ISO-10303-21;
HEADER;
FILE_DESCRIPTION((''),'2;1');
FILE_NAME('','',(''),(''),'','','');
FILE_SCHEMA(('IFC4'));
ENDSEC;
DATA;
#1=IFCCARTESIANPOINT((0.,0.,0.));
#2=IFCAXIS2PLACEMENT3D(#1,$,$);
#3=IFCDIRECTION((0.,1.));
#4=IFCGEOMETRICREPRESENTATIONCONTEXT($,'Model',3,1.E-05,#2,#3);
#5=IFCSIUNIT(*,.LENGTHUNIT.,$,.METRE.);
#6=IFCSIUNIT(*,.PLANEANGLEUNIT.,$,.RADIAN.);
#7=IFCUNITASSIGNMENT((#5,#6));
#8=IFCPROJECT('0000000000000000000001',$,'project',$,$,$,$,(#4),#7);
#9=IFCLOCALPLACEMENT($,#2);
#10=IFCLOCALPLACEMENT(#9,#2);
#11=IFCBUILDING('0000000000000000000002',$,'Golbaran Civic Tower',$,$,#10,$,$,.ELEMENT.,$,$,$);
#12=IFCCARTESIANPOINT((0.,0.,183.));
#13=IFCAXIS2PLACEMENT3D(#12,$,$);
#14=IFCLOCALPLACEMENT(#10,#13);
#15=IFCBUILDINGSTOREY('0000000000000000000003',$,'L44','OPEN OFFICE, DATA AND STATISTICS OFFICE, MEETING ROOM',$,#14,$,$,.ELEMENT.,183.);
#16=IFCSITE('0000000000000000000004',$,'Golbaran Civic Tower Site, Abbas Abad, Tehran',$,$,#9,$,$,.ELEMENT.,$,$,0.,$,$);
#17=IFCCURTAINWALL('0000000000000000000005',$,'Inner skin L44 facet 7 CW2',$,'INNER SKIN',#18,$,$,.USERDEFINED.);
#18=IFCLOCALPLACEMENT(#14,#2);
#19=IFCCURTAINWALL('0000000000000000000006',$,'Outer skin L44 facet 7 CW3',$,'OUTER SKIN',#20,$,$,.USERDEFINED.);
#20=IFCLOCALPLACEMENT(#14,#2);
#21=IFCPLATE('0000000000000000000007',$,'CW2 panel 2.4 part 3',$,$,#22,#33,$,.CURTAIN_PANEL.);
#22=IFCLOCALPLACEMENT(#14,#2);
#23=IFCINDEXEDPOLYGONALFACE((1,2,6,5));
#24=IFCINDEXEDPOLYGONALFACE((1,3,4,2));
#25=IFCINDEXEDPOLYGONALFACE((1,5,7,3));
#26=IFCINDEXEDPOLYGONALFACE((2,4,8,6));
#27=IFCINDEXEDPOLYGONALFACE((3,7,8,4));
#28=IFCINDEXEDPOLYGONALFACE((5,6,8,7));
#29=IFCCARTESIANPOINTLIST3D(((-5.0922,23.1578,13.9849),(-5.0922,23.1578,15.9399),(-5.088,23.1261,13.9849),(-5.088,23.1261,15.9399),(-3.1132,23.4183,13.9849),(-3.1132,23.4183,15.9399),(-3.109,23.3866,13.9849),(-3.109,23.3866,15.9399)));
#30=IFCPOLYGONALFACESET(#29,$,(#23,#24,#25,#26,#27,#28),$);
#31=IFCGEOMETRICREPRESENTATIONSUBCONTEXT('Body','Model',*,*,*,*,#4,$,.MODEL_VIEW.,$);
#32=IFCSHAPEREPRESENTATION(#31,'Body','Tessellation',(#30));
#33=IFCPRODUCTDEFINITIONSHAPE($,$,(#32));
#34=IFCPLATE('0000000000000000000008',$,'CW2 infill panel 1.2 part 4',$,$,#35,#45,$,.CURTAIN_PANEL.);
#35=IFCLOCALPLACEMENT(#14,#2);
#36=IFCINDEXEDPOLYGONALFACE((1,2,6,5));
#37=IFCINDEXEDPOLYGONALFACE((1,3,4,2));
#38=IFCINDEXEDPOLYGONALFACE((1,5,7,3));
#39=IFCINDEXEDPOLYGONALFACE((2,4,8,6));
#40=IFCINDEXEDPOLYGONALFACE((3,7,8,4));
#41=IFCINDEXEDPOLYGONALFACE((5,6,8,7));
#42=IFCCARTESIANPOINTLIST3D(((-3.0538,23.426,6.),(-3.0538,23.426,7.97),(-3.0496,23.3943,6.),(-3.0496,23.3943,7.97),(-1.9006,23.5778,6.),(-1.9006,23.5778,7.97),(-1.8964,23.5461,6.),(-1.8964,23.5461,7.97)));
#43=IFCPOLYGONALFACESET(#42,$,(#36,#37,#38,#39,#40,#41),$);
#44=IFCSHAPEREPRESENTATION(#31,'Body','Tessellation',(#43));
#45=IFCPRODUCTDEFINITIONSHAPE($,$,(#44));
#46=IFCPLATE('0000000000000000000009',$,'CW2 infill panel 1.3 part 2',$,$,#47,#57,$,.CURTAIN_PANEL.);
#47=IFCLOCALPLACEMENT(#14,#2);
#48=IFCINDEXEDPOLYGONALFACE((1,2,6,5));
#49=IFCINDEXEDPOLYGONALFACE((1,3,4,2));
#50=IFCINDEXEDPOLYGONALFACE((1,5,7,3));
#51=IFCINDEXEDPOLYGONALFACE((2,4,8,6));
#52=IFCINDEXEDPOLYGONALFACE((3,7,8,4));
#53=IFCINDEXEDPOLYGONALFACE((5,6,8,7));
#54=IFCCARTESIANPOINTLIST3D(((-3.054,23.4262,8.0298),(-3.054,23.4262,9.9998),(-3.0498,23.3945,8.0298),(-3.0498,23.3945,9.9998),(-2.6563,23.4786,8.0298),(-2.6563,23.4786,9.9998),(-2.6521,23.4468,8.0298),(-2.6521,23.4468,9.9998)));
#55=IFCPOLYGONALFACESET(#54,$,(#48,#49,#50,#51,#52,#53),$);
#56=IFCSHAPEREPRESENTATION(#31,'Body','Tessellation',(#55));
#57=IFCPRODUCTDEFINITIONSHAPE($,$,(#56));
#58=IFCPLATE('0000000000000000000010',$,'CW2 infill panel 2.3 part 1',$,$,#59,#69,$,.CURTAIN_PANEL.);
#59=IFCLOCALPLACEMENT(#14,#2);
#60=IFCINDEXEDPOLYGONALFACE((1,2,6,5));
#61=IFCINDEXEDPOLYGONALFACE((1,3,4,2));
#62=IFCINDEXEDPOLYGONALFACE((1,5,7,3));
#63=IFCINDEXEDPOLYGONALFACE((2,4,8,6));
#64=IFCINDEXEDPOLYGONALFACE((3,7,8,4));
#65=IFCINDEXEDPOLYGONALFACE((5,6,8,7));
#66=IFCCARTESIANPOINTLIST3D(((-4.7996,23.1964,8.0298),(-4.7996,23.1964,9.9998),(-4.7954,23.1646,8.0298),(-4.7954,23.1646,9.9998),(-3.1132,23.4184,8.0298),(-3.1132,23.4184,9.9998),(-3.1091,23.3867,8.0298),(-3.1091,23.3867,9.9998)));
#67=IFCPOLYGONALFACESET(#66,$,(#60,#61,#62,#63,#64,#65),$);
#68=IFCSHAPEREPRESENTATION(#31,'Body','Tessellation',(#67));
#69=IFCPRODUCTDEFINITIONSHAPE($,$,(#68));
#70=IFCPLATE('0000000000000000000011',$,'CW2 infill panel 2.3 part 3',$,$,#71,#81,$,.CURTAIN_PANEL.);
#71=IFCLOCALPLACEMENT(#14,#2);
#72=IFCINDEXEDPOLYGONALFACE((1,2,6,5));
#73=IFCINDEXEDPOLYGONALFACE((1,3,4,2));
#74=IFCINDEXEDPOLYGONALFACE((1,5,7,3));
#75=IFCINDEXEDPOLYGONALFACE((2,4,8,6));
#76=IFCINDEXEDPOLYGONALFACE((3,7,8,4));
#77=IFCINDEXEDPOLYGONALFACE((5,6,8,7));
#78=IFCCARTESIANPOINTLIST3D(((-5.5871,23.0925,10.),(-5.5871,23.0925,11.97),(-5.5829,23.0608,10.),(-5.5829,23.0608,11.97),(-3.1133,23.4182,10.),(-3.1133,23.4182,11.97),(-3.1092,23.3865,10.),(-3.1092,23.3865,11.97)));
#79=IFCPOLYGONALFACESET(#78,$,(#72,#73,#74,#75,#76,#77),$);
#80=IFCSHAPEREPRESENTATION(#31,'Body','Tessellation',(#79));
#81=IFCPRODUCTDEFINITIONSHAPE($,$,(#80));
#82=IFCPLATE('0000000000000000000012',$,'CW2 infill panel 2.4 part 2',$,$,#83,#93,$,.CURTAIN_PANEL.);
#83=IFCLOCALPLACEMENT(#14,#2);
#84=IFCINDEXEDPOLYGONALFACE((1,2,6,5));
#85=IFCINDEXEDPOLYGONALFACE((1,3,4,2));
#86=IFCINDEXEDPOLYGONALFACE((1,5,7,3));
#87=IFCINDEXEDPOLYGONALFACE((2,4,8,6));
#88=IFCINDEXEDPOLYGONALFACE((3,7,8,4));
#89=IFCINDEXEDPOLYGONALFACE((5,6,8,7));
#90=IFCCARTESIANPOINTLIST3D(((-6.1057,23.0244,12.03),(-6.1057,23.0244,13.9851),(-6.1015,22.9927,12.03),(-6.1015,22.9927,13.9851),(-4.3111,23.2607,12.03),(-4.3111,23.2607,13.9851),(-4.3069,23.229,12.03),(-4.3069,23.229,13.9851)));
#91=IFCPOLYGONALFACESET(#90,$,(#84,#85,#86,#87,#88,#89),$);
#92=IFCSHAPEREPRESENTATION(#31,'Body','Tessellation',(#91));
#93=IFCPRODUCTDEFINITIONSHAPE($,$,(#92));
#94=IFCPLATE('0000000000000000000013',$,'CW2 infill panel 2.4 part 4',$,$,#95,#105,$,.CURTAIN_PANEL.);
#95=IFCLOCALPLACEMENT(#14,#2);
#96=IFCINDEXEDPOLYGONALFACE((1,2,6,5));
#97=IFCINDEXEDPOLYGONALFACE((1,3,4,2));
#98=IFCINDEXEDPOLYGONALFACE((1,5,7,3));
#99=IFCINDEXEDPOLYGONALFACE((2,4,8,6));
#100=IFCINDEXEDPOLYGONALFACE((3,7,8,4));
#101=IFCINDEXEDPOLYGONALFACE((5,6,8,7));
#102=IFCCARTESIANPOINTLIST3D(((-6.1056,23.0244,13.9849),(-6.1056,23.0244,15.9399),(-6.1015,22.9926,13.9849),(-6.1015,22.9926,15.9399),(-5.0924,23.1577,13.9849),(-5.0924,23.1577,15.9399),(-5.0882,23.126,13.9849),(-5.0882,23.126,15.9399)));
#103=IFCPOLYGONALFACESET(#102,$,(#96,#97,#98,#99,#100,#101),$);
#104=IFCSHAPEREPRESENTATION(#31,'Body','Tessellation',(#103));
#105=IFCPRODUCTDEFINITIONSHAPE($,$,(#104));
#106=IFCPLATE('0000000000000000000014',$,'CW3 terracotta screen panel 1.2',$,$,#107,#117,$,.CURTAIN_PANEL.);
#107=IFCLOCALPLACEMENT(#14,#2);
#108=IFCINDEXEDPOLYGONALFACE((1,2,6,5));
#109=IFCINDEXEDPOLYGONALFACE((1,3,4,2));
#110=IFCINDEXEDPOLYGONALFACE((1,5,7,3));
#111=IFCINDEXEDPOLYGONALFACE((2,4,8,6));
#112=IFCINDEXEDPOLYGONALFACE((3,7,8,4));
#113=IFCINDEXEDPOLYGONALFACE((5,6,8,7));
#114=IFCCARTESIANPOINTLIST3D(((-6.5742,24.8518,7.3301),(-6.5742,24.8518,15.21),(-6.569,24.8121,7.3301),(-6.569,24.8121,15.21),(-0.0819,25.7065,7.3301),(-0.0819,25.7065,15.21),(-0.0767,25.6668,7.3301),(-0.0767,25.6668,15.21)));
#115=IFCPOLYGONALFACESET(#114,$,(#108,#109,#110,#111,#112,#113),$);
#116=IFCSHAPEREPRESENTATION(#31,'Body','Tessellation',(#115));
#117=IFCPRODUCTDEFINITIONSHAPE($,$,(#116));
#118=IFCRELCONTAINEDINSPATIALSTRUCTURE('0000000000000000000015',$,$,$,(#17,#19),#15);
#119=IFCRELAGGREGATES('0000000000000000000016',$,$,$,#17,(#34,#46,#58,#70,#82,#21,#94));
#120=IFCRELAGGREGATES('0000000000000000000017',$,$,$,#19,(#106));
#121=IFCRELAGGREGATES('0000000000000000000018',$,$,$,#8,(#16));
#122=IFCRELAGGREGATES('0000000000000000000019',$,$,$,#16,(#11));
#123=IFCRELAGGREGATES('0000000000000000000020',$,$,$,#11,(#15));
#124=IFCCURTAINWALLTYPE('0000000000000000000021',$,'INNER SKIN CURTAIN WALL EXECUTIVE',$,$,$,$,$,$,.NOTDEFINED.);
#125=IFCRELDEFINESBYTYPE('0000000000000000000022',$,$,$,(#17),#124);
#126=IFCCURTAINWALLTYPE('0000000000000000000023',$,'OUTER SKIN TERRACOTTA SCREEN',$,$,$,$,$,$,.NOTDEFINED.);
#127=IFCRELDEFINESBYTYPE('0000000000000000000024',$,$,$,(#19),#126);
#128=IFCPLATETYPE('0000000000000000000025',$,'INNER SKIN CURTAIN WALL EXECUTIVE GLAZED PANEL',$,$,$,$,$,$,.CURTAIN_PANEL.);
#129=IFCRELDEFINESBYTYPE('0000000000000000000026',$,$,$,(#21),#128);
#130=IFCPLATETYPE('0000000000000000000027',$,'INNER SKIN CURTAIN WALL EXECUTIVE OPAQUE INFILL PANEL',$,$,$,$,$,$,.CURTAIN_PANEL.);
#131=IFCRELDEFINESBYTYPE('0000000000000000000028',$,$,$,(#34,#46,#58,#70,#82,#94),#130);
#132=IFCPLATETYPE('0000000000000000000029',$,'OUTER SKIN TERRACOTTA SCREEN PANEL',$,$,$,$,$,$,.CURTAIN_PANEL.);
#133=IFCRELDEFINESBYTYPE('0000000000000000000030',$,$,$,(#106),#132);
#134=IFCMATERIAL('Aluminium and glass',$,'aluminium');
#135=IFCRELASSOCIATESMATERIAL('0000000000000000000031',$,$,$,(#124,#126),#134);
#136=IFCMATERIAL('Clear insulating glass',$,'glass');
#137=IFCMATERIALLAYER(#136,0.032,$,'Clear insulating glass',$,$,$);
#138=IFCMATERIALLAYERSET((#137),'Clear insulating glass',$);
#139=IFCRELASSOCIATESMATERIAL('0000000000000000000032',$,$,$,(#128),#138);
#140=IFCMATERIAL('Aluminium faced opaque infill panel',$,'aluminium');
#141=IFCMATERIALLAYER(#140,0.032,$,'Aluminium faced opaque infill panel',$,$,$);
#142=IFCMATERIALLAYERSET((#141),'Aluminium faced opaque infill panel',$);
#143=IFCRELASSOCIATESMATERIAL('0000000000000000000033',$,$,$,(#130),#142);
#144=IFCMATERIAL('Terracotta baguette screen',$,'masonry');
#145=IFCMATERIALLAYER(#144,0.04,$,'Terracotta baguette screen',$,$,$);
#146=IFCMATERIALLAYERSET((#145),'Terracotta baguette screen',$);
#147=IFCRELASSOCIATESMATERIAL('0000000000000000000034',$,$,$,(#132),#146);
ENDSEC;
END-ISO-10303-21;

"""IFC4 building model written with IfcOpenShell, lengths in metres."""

from ifc_helpers import new_model, si_unit, direction, frame, origin, origin_2d, place, context, subcontext, project, spatial, rectangle, extrude, material, layer, layer_set, type_object, element, aggregate, save


model = new_model("IFC4")

# Units and contexts
model_context = context("Model", 3, precision=1e-05, world=origin(), true_north=direction((0.0, 1.0)))
body_context = subcontext(model_context, "Body", "Model", "MODEL_VIEW")
ifc_project = project(units=[si_unit("LENGTHUNIT", "METRE"), si_unit("PLANEANGLEUNIT", "RADIAN")], contexts=[model_context])

# Site, building, storey
site_placement = place(None, origin())
site = spatial("IfcSite", under=ifc_project, at=site_placement, Name="Golbaran Civic Tower Site, Abbas Abad, Tehran", CompositionType="ELEMENT", RefElevation=0.0)
building_placement = place(site_placement, origin())
building = spatial("IfcBuilding", under=site, at=building_placement, Name="Golbaran Civic Tower", CompositionType="ELEMENT")
storey_placement = place(building_placement, frame((0.0, 0.0, 183.0)))
storey = spatial("IfcBuildingStorey", under=building, at=storey_placement, Name="L44", Description="OPEN OFFICE, DATA AND STATISTICS OFFICE, MEETING ROOM", CompositionType="ELEMENT", Elevation=183.0)

# Curtain walls
ifc_material_1 = material(Name="Aluminium and glass", Category="aluminium")
curtain_wall_type_1 = type_object("IfcCurtainWallType", Name="INNER SKIN CURTAIN WALL EXECUTIVE", PredefinedType="NOTDEFINED", material=ifc_material_1)
curtain_wall_1_placement = place(storey_placement, origin())
curtain_wall_1 = element("IfcCurtainWall", 1, at=curtain_wall_1_placement, inside=storey, type_object=curtain_wall_type_1, Name="Inner skin L44 facet 7 CW2", ObjectType="INNER SKIN", PredefinedType="USERDEFINED")
curtain_wall_type_2 = type_object("IfcCurtainWallType", Name="OUTER SKIN TERRACOTTA SCREEN", PredefinedType="NOTDEFINED", material=ifc_material_1)
curtain_wall_2_placement = place(storey_placement, origin())
curtain_wall_2 = element("IfcCurtainWall", 2, at=curtain_wall_2_placement, inside=storey, type_object=curtain_wall_type_2, Name="Outer skin L44 facet 7 CW3", ObjectType="OUTER SKIN", PredefinedType="USERDEFINED")

# Plates
ifc_material_2 = material(Name="Clear insulating glass", Category="glass")
ifc_layer_1 = layer(ifc_material_2, 0.032, Name="Clear insulating glass")
ifc_layer_set_1 = layer_set([ifc_layer_1], Name="Clear insulating glass")
plate_type_1 = type_object("IfcPlateType", Name="INNER SKIN CURTAIN WALL EXECUTIVE GLAZED PANEL", PredefinedType="CURTAIN_PANEL", material=ifc_layer_set_1)
plate_1_placement = place(storey_placement, frame((-4.1006, 23.2722, 13.9849), z_axis=(0.0, 0.0, 1.0), x_axis=(-0.991445, -0.130526, 0.0)))
plate_1 = element("IfcPlate", 3, at=plate_1_placement, type_object=plate_type_1, Name="CW2 panel 2.4 part 3", PredefinedType="CURTAIN_PANEL", context=body_context, shape_type="SweptSolid", body=[
    extrude(rectangle(XDim=1.9961, YDim=0.032, at=origin_2d()), origin(), (0.0, 0.0, 1.0), 1.9551),
])
ifc_material_3 = material(Name="Aluminium faced opaque infill panel", Category="aluminium")
ifc_layer_2 = layer(ifc_material_3, 0.032, Name="Aluminium faced opaque infill panel")
ifc_layer_set_2 = layer_set([ifc_layer_2], Name="Aluminium faced opaque infill panel")
plate_type_2 = type_object("IfcPlateType", Name="INNER SKIN CURTAIN WALL EXECUTIVE OPAQUE INFILL PANEL", PredefinedType="CURTAIN_PANEL", material=ifc_layer_set_2)
plate_2_placement = place(storey_placement, frame((-2.4751, 23.4861, 6.0), z_axis=(0.0, 0.0, 1.0), x_axis=(-0.991445, -0.130526, 0.0)))
plate_2 = element("IfcPlate", 4, at=plate_2_placement, type_object=plate_type_2, Name="CW2 infill panel 1.2 part 4", PredefinedType="CURTAIN_PANEL", context=body_context, shape_type="SweptSolid", body=[
    extrude(rectangle(XDim=1.1631, YDim=0.032, at=origin_2d()), origin(), (0.0, 0.0, 1.0), 1.97),
])
plate_3_placement = place(storey_placement, frame((-2.853, 23.4365, 8.0298), z_axis=(0.0, 0.0, 1.0), x_axis=(-0.991445, -0.130526, 0.0)))
plate_3 = element("IfcPlate", 5, at=plate_3_placement, type_object=plate_type_2, Name="CW2 infill panel 1.3 part 2", PredefinedType="CURTAIN_PANEL", context=body_context, shape_type="SweptSolid", body=[
    extrude(rectangle(XDim=0.4011, YDim=0.032, at=origin_2d()), origin(), (0.0, 0.0, 1.0), 1.97),
])
plate_4_placement = place(storey_placement, frame((-3.9543, 23.2915, 8.0298), z_axis=(0.0, 0.0, 1.0), x_axis=(-0.991445, -0.130526, 0.0)))
plate_4 = element("IfcPlate", 6, at=plate_4_placement, type_object=plate_type_2, Name="CW2 infill panel 2.3 part 1", PredefinedType="CURTAIN_PANEL", context=body_context, shape_type="SweptSolid", body=[
    extrude(rectangle(XDim=1.7009, YDim=0.032, at=origin_2d()), origin(), (0.0, 0.0, 1.0), 1.97),
])
plate_5_placement = place(storey_placement, frame((-4.3481, 23.2395, 10.0), z_axis=(0.0, 0.0, 1.0), x_axis=(-0.991445, -0.130526, 0.0)))
plate_5 = element("IfcPlate", 7, at=plate_5_placement, type_object=plate_type_2, Name="CW2 infill panel 2.3 part 3", PredefinedType="CURTAIN_PANEL", context=body_context, shape_type="SweptSolid", body=[
    extrude(rectangle(XDim=2.4951, YDim=0.032, at=origin_2d()), origin(), (0.0, 0.0, 1.0), 1.97),
])
plate_6_placement = place(storey_placement, frame((-5.2063, 23.1267, 12.03), z_axis=(0.0, 0.0, 1.0), x_axis=(-0.991445, -0.130526, 0.0)))
plate_6 = element("IfcPlate", 8, at=plate_6_placement, type_object=plate_type_2, Name="CW2 infill panel 2.4 part 2", PredefinedType="CURTAIN_PANEL", context=body_context, shape_type="SweptSolid", body=[
    extrude(rectangle(XDim=1.8101, YDim=0.032, at=origin_2d()), origin(), (0.0, 0.0, 1.0), 1.9551),
])
plate_7_placement = place(storey_placement, frame((-5.5969, 23.0752, 13.9849), z_axis=(0.0, 0.0, 1.0), x_axis=(-0.991445, -0.130526, 0.0)))
plate_7 = element("IfcPlate", 9, at=plate_7_placement, type_object=plate_type_2, Name="CW2 infill panel 2.4 part 4", PredefinedType="CURTAIN_PANEL", context=body_context, shape_type="SweptSolid", body=[
    extrude(rectangle(XDim=1.022, YDim=0.032, at=origin_2d()), origin(), (0.0, 0.0, 1.0), 1.9551),
])
aggregate(curtain_wall_1, [plate_2, plate_3, plate_4, plate_5, plate_6, plate_1, plate_7])
ifc_material_4 = material(Name="Terracotta baguette screen", Category="masonry")
ifc_layer_3 = layer(ifc_material_4, 0.04, Name="Terracotta baguette screen")
ifc_layer_set_3 = layer_set([ifc_layer_3], Name="Terracotta baguette screen")
plate_type_3 = type_object("IfcPlateType", Name="OUTER SKIN TERRACOTTA SCREEN PANEL", PredefinedType="CURTAIN_PANEL", material=ifc_layer_set_3)
plate_8_placement = place(storey_placement, frame((-3.3254, 25.2593, 7.3301), z_axis=(0.0, 0.0, 1.0), x_axis=(-0.991445, -0.130526, 0.0)))
plate_8 = element("IfcPlate", 10, at=plate_8_placement, type_object=plate_type_3, Name="CW3 terracotta screen panel 1.2", PredefinedType="CURTAIN_PANEL", context=body_context, shape_type="SweptSolid", body=[
    extrude(rectangle(XDim=6.5483, YDim=0.04, at=origin_2d()), origin(), (0.0, 0.0, 1.0), 7.8799),
])
aggregate(curtain_wall_2, [plate_8])

save(model, "model.ifc")
